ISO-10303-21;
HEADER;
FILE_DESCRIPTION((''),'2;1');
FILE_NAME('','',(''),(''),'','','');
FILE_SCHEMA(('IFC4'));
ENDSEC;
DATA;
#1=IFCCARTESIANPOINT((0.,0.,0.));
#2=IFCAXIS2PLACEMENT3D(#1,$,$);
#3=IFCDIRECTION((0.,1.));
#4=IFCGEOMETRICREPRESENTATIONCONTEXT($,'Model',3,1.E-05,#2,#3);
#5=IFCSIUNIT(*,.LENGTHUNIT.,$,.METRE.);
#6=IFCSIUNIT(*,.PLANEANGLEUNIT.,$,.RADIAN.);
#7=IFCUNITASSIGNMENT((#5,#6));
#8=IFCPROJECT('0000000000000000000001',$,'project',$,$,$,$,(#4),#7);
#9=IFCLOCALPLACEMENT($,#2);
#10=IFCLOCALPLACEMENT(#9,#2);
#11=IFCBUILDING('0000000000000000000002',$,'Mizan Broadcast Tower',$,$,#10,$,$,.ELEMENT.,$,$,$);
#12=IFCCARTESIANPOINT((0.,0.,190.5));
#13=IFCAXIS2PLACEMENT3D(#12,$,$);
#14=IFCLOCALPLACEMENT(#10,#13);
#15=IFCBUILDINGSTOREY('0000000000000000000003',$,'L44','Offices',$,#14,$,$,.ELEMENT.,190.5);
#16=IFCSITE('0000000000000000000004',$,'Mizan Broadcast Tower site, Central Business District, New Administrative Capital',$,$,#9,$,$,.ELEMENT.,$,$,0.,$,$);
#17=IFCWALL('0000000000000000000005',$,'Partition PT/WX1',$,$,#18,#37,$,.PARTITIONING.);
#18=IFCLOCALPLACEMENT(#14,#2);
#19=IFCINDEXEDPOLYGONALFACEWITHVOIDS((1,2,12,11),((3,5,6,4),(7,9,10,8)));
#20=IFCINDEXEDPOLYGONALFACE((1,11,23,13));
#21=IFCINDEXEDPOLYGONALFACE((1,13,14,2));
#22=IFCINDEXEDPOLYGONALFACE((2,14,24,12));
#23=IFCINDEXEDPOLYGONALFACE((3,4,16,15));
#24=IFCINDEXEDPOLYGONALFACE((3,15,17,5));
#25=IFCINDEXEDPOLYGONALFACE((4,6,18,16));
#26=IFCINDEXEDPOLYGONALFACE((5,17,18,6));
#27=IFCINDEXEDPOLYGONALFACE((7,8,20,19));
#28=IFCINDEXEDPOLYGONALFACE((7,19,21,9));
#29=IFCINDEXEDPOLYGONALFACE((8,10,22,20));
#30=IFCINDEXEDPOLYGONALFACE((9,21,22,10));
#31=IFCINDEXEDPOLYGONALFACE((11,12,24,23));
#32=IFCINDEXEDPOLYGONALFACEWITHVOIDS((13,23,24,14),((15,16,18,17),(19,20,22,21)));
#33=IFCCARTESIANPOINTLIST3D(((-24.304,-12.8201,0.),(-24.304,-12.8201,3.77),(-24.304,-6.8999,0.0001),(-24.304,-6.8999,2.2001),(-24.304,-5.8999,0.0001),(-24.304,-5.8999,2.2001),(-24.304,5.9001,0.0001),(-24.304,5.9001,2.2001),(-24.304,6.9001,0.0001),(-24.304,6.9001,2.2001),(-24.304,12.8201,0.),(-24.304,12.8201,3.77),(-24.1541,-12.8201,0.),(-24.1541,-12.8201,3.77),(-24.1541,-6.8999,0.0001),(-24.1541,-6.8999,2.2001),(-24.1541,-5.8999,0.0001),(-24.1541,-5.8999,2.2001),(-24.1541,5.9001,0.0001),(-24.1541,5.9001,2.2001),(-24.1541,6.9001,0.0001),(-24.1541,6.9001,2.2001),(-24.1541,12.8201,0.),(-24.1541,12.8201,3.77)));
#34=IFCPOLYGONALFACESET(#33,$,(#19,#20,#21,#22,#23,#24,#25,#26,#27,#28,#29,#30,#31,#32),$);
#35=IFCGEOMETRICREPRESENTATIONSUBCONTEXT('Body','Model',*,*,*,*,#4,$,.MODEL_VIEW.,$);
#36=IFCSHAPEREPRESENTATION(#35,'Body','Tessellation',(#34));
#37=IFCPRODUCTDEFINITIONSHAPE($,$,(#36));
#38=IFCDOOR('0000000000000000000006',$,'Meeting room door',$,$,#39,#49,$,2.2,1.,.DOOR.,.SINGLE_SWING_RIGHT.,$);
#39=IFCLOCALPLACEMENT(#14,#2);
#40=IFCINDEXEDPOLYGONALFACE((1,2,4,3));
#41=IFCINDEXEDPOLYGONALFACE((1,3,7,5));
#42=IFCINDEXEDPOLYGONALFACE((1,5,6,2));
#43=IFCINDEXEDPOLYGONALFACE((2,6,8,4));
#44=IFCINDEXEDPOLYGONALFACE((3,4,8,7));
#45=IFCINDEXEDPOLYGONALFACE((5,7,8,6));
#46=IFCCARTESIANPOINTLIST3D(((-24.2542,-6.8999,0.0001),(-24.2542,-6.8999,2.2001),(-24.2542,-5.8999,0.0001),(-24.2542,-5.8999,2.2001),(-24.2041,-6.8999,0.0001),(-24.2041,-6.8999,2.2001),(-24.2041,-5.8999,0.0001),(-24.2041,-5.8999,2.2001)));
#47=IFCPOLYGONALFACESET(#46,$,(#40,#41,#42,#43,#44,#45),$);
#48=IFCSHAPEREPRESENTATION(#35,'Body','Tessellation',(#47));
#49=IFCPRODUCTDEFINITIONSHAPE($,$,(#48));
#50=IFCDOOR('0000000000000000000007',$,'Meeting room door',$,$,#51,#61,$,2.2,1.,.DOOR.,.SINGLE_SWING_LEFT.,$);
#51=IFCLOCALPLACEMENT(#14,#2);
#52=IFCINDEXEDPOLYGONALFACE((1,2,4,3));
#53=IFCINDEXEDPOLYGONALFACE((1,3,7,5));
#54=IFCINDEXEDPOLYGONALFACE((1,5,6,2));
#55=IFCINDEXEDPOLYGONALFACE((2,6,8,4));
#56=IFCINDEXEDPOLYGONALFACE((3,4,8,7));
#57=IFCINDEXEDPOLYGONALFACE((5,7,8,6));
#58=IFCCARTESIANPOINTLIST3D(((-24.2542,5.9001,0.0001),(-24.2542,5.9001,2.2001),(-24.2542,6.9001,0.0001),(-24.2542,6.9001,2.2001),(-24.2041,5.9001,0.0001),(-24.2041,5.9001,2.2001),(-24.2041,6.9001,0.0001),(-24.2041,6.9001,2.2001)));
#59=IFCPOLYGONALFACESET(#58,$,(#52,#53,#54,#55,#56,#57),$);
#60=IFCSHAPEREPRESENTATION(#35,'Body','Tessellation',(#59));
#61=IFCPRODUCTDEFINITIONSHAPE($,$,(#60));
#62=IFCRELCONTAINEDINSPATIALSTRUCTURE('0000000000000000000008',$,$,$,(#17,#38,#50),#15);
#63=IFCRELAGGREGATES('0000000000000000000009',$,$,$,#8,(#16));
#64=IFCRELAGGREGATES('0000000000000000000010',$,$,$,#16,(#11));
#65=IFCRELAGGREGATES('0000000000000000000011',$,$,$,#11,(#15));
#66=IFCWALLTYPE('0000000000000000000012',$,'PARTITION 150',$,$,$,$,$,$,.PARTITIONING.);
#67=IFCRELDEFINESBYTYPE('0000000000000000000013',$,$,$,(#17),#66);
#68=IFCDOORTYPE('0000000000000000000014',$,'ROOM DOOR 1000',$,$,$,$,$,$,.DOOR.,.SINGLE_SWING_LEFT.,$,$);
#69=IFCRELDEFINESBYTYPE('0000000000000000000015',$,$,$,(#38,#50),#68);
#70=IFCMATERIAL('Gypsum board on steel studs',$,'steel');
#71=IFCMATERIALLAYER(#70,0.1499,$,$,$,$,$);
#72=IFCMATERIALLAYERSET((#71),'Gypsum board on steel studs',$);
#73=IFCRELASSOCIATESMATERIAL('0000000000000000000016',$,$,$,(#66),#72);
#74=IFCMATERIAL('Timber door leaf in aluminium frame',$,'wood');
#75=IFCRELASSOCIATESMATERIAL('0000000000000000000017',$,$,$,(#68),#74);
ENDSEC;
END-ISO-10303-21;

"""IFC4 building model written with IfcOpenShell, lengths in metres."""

from ifc_helpers import new_model, si_unit, direction, frame, frame_2d, origin, place, context, subcontext, project, spatial, rectangle, extrude, material, layer, layer_set, type_object, element, fill, save


model = new_model("IFC4")

# Units and contexts
model_context = context("Model", 3, precision=1e-05, world=origin(), true_north=direction((0.0, 1.0)))
body_context = subcontext(model_context, "Body", "Model", "MODEL_VIEW")
ifc_project = project(units=[si_unit("LENGTHUNIT", "METRE"), si_unit("PLANEANGLEUNIT", "RADIAN")], contexts=[model_context])

# Site, building, storey
site_placement = place(None, origin())
site = spatial("IfcSite", under=ifc_project, at=site_placement, Name="Mizan Broadcast Tower site, Central Business District, New Administrative Capital", CompositionType="ELEMENT", RefElevation=0.0)
building_placement = place(site_placement, origin())
building = spatial("IfcBuilding", under=site, at=building_placement, Name="Mizan Broadcast Tower", CompositionType="ELEMENT")
storey_placement = place(building_placement, frame((0.0, 0.0, 190.5)))
storey = spatial("IfcBuildingStorey", under=building, at=storey_placement, Name="L44", Description="Offices", CompositionType="ELEMENT", Elevation=190.5)

# Wall, openings, doors
ifc_material_1 = material(Name="Gypsum board on steel studs", Category="steel")
ifc_layer_1 = layer(ifc_material_1, 0.1499)
ifc_layer_set_1 = layer_set([ifc_layer_1], Name="Gypsum board on steel studs")
wall_type_1 = type_object("IfcWallType", Name="PARTITION 150", PredefinedType="PARTITIONING", material=ifc_layer_set_1)
wall_1_placement = place(storey_placement, frame((-24.229, 12.8201, 0.0), z_axis=(0.0, 0.0, 1.0), x_axis=(0.0, -1.0, 0.0)))
wall_1 = element("IfcWall", 1, at=wall_1_placement, inside=storey, type_object=wall_type_1, Name="Partition PT/WX1", PredefinedType="PARTITIONING", context=body_context, shape_type="SweptSolid", body=[
    extrude(rectangle(XDim=25.6401, YDim=0.1499, at=frame_2d((12.8201, 0.0))), origin(), (0.0, 0.0, 1.0), 3.77),
])
opening_1_placement = place(wall_1_placement, frame((18.72, 0.0, 0.0)))
opening_1 = element("IfcOpeningElement", 2, at=opening_1_placement, cuts=wall_1, PredefinedType="OPENING", context=body_context, shape_type="SweptSolid", body=[
    extrude(rectangle(XDim=1.0, YDim=2.2, at=frame_2d((0.5, 1.1001))), frame((0.0, 0.085, 0.0), z_axis=(0.0, -1.0, 0.0), x_axis=(1.0, 0.0, 0.0)), (0.0, 0.0, 1.0), 0.1699),
])
opening_2_placement = place(wall_1_placement, frame((5.9199, 0.0, 0.0)))
opening_2 = element("IfcOpeningElement", 3, at=opening_2_placement, cuts=wall_1, PredefinedType="OPENING", context=body_context, shape_type="SweptSolid", body=[
    extrude(rectangle(XDim=1.0, YDim=2.2, at=frame_2d((0.5, 1.1001))), frame((0.0, 0.085, 0.0), z_axis=(0.0, -1.0, 0.0), x_axis=(1.0, 0.0, 0.0)), (0.0, 0.0, 1.0), 0.1699),
])
ifc_material_2 = material(Name="Timber door leaf in aluminium frame", Category="wood")
door_type = type_object("IfcDoorType", Name="ROOM DOOR 1000", OperationType="SINGLE_SWING_LEFT", PredefinedType="DOOR", material=ifc_material_2)
door_1_placement = place(opening_1_placement, origin())
door_1 = element("IfcDoor", 4, at=door_1_placement, inside=storey, type_object=door_type, Name="Meeting room door", OperationType="SINGLE_SWING_RIGHT", OverallHeight=2.2, OverallWidth=1.0, PredefinedType="DOOR", context=body_context, shape_type="SweptSolid", body=[
    extrude(rectangle(XDim=1.0, YDim=2.2, at=frame_2d((0.5, 1.1001))), frame((0.0, 0.0249, 0.0), z_axis=(0.0, -1.0, 0.0), x_axis=(1.0, 0.0, 0.0)), (0.0, 0.0, 1.0), 0.05),
])
fill(opening_1, door_1)
door_2_placement = place(opening_2_placement, origin())
door_2 = element("IfcDoor", 5, at=door_2_placement, inside=storey, type_object=door_type, Name="Meeting room door", OperationType="SINGLE_SWING_LEFT", OverallHeight=2.2, OverallWidth=1.0, PredefinedType="DOOR", context=body_context, shape_type="SweptSolid", body=[
    extrude(rectangle(XDim=1.0, YDim=2.2, at=frame_2d((0.5, 1.1001))), frame((0.0, 0.0249, 0.0), z_axis=(0.0, -1.0, 0.0), x_axis=(1.0, 0.0, 0.0)), (0.0, 0.0, 1.0), 0.05),
])
fill(opening_2, door_2)

save(model, "model.ifc")
